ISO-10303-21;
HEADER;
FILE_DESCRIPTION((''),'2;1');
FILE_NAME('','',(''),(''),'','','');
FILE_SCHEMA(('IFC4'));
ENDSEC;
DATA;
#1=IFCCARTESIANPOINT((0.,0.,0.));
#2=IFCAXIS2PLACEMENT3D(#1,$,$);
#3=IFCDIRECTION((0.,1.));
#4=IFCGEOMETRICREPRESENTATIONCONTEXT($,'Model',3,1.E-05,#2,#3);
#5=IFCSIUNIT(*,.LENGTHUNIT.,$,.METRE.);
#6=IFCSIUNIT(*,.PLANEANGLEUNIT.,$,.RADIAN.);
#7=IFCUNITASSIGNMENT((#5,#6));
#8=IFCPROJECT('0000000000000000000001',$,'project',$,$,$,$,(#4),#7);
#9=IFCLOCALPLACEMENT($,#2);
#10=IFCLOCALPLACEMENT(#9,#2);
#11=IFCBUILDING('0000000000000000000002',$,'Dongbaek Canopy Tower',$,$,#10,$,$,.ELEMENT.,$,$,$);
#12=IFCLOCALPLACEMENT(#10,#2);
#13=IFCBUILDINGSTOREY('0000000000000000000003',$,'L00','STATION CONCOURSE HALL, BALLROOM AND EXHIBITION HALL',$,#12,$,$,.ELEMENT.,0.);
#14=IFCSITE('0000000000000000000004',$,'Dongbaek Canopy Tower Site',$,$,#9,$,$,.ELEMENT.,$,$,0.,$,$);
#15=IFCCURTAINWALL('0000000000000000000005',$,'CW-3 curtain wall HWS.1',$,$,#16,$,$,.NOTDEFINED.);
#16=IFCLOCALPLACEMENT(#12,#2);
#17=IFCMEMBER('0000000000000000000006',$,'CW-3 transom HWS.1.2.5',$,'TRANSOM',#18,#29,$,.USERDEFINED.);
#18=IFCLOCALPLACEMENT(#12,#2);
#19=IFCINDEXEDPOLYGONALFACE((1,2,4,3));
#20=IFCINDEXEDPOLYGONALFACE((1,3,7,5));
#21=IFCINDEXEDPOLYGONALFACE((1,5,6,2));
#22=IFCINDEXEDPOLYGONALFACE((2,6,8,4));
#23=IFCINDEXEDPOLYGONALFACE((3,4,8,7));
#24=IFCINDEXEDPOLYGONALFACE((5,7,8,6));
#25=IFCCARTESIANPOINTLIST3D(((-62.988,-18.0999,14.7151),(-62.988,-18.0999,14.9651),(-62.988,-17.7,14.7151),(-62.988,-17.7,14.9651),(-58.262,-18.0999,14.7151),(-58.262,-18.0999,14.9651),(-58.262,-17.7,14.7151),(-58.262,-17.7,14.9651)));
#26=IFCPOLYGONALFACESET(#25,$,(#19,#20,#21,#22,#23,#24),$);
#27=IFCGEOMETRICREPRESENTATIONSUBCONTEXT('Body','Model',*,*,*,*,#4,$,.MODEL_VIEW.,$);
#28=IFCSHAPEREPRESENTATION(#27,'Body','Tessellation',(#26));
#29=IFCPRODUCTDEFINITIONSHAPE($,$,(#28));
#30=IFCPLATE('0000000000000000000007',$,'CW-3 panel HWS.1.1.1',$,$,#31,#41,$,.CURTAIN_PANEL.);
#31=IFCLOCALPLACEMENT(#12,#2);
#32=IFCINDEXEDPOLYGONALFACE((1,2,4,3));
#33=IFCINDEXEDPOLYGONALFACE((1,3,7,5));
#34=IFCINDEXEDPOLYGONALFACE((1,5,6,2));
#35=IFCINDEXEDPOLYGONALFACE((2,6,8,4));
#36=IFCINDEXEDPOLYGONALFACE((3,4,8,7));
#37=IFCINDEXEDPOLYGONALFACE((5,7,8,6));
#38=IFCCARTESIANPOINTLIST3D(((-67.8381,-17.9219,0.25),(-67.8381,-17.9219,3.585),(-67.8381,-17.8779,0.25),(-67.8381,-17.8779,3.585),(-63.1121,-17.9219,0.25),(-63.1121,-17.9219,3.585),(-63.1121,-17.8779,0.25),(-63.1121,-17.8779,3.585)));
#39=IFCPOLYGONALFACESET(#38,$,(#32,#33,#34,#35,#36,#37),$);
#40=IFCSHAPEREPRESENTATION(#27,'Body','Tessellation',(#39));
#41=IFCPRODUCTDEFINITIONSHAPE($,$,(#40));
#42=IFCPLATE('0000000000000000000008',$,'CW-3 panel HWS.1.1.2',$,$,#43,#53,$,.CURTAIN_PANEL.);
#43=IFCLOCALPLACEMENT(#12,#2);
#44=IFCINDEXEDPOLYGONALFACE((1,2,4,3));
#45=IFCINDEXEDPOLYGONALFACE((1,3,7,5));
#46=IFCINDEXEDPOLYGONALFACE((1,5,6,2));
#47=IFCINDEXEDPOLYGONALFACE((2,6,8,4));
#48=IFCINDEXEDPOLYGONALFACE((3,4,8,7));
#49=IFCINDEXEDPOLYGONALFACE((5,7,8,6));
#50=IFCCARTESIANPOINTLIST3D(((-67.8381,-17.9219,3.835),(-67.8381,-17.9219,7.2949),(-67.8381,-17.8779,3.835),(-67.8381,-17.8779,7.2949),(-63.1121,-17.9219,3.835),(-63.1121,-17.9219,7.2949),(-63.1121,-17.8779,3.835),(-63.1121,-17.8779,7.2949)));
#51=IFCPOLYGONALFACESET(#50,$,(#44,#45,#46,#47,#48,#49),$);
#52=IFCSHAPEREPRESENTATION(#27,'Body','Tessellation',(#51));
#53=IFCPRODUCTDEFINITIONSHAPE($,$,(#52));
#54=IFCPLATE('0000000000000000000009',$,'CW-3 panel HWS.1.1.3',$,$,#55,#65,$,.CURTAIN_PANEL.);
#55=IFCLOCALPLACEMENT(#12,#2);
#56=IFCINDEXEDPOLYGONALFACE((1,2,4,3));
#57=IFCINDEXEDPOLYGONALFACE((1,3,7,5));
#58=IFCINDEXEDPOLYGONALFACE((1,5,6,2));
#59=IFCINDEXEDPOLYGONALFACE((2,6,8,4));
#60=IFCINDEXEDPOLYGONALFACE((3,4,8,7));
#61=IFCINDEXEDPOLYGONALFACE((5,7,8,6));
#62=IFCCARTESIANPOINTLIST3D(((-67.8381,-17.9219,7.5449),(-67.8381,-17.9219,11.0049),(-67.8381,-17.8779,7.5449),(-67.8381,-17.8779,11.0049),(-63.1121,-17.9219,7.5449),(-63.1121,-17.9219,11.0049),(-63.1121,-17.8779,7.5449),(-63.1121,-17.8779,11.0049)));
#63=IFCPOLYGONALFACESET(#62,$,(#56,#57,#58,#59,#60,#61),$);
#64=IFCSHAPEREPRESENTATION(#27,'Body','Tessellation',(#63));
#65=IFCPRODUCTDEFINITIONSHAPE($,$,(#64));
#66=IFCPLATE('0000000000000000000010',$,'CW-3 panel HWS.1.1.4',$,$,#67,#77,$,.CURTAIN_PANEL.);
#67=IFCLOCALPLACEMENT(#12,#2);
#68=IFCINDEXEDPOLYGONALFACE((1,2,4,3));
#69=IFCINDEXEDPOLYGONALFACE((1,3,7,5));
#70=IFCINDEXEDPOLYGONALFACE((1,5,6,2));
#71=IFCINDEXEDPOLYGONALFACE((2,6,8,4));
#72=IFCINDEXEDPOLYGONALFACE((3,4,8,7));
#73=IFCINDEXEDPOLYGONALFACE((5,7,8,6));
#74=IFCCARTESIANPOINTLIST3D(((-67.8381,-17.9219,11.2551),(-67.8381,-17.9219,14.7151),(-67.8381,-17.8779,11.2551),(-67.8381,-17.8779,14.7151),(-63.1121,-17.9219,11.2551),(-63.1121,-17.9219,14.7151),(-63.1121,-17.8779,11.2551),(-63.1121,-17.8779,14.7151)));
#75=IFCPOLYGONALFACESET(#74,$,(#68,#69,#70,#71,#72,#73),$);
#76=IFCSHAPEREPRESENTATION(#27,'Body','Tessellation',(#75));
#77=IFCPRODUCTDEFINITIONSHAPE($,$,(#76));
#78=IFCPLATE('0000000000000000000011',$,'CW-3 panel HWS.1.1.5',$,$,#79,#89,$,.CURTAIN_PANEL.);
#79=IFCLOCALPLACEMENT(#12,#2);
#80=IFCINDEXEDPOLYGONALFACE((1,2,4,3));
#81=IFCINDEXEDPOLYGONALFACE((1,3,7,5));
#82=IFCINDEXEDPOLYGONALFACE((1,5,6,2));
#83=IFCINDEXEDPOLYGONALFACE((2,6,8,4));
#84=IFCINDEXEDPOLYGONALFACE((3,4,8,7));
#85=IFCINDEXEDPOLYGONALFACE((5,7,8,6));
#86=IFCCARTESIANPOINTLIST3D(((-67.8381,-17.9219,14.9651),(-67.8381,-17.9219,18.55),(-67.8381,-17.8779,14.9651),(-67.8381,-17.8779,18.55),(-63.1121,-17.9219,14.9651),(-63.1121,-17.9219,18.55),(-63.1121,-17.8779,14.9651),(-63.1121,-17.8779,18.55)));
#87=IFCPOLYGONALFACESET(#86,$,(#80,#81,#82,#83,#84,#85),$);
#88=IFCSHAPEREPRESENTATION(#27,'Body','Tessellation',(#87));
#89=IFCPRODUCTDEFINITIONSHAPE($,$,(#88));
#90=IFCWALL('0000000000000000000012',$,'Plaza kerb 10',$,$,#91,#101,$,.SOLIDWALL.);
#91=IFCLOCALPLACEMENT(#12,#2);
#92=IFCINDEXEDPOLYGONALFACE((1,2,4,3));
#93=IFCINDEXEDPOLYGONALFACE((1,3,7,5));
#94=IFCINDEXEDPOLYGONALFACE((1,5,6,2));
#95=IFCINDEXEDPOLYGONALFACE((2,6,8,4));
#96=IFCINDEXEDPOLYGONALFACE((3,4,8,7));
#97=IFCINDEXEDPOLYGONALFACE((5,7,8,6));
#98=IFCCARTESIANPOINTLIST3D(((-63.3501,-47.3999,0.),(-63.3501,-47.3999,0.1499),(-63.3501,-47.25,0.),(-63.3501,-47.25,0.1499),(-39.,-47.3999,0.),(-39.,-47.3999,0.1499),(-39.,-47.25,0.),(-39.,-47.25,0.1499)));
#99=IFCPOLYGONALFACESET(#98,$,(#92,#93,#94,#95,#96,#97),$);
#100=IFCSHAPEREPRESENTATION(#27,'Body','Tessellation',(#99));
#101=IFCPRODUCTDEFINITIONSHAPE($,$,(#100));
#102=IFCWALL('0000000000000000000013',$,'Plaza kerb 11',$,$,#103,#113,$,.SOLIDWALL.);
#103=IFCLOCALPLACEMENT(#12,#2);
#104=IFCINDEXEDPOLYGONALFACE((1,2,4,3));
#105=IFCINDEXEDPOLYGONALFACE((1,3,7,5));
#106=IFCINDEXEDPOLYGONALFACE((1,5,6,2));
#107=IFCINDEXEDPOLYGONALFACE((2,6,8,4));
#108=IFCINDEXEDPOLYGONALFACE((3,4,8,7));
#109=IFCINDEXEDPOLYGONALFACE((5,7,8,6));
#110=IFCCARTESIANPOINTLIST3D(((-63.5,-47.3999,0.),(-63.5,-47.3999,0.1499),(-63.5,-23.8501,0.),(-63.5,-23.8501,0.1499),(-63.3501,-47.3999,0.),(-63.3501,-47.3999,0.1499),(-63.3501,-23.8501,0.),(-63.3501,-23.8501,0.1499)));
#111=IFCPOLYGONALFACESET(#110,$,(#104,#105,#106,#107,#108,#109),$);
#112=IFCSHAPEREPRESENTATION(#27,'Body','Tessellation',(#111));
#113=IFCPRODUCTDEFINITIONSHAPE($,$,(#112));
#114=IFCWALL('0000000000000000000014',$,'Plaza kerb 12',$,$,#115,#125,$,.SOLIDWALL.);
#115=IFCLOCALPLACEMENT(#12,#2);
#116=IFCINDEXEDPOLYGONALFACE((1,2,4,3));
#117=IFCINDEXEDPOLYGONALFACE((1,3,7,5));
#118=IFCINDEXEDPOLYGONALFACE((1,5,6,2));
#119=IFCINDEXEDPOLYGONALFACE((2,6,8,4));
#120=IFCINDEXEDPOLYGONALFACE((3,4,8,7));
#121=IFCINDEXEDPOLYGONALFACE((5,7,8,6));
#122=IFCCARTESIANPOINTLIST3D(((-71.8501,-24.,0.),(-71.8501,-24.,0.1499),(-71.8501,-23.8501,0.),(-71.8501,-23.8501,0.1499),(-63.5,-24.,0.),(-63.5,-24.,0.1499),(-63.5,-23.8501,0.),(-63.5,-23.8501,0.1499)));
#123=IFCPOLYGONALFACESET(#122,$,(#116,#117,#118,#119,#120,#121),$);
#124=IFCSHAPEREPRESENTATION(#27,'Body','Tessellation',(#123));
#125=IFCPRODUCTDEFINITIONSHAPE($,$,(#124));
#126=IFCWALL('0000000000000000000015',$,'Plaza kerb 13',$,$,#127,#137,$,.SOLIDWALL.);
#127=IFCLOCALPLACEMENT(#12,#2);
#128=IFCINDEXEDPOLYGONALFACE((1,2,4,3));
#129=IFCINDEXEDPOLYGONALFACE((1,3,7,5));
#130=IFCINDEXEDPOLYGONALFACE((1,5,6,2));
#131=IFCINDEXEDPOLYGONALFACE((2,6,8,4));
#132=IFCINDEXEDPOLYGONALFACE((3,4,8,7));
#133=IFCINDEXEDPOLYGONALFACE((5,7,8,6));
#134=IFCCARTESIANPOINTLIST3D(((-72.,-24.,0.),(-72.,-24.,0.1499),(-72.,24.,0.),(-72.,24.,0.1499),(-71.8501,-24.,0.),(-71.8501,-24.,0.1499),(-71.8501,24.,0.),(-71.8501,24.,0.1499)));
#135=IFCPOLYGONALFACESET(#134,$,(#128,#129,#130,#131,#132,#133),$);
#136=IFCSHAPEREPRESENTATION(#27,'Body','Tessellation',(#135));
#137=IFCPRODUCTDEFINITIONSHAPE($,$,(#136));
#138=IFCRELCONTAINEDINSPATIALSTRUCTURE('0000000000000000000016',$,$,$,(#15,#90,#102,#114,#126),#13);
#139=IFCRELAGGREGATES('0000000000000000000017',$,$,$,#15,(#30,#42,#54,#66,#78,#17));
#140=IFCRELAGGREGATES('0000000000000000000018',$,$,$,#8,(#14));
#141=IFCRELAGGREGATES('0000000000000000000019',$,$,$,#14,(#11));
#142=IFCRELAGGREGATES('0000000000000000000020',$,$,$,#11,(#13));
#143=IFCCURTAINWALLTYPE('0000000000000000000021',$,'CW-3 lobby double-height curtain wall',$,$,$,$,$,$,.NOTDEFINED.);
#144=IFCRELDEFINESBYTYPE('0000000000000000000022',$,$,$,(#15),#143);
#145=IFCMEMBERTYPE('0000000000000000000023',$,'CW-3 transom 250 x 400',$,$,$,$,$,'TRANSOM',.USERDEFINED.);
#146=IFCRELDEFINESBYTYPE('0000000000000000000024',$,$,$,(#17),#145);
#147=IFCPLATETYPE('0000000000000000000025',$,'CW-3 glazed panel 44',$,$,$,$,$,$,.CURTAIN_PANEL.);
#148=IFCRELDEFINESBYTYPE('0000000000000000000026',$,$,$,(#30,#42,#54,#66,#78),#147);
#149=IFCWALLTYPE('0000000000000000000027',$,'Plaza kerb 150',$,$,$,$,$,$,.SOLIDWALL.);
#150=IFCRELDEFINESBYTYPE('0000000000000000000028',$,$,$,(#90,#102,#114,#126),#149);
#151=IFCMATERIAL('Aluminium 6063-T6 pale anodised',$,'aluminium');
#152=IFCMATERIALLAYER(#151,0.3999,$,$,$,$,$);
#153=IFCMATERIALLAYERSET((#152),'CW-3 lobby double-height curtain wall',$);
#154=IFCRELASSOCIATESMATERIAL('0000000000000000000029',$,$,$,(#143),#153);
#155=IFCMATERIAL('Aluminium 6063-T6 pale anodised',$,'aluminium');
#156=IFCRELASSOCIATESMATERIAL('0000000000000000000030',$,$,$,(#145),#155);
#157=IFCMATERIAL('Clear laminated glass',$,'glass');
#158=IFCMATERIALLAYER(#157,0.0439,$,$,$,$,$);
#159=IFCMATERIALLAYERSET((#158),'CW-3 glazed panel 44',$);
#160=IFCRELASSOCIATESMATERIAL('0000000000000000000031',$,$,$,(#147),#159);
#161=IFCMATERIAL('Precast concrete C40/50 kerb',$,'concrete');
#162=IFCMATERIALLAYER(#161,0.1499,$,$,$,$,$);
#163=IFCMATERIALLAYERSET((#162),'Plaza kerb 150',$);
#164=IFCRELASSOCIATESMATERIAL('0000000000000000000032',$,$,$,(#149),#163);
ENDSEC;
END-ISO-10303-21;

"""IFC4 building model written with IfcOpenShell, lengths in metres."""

from ifc_helpers import new_model, si_unit, direction, frame, frame_2d, origin, origin_2d, place, context, subcontext, project, spatial, rectangle, extrude, material, layer, layer_set, material_profile, profile_set, type_object, element, aggregate, save


model = new_model("IFC4")

# Units and contexts
model_context = context("Model", 3, precision=1e-05, world=origin(), true_north=direction((0.0, 1.0)))
body_context = subcontext(model_context, "Body", "Model", "MODEL_VIEW")
ifc_project = project(units=[si_unit("LENGTHUNIT", "METRE"), si_unit("PLANEANGLEUNIT", "RADIAN")], contexts=[model_context])

# Site, building, storey
site_placement = place(None, origin())
site = spatial("IfcSite", under=ifc_project, at=site_placement, Name="Dongbaek Canopy Tower Site", CompositionType="ELEMENT", RefElevation=0.0)
building_placement = place(site_placement, origin())
building = spatial("IfcBuilding", under=site, at=building_placement, Name="Dongbaek Canopy Tower", CompositionType="ELEMENT")
storey_placement = place(building_placement, origin())
storey = spatial("IfcBuildingStorey", under=building, at=storey_placement, Name="L00", Description="STATION CONCOURSE HALL, BALLROOM AND EXHIBITION HALL", CompositionType="ELEMENT", Elevation=0.0)

# Curtain wall
ifc_material_1 = material(Name="Aluminium 6063-T6 pale anodised", Category="aluminium")
ifc_layer_1 = layer(ifc_material_1, 0.3999)
ifc_layer_set_1 = layer_set([ifc_layer_1], Name="CW-3 lobby double-height curtain wall")
curtain_wall_type = type_object("IfcCurtainWallType", Name="CW-3 lobby double-height curtain wall", PredefinedType="NOTDEFINED", material=ifc_layer_set_1)
curtain_wall_1_placement = place(storey_placement, origin())
curtain_wall_1 = element("IfcCurtainWall", 1, at=curtain_wall_1_placement, inside=storey, type_object=curtain_wall_type, Name="CW-3 curtain wall HWS.1", PredefinedType="NOTDEFINED")

# Member
ifc_material_2 = material(Name="Aluminium 6063-T6 pale anodised", Category="aluminium")
ifc_material_profile_1 = material_profile(ifc_material_2, rectangle(XDim=0.3999, YDim=0.25, at=origin_2d()), Name="CW-3 transom 250 x 400")
ifc_profile_set_1 = profile_set([ifc_material_profile_1], Name="Aluminium 6063-T6 pale anodised")
member_type_1 = type_object("IfcMemberType", Name="CW-3 transom 250 x 400", ElementType="TRANSOM", PredefinedType="USERDEFINED", material=ifc_profile_set_1)
member_1_placement = place(storey_placement, frame((-62.988, -17.8999, 14.8401), z_axis=(1.0, 0.0, 0.0), x_axis=(0.0, 1.0, 0.0)))
member_1 = element("IfcMember", 2, at=member_1_placement, type_object=member_type_1, Name="CW-3 transom HWS.1.2.5", ObjectType="TRANSOM", PredefinedType="USERDEFINED", context=body_context, shape_type="SweptSolid", body=[
    extrude(rectangle(XDim=0.3999, YDim=0.25, at=origin_2d()), origin(), (0.0, 0.0, 1.0), 4.7261),
])

# Plates
ifc_material_3 = material(Name="Clear laminated glass", Category="glass")
ifc_layer_2 = layer(ifc_material_3, 0.0439)
ifc_layer_set_2 = layer_set([ifc_layer_2], Name="CW-3 glazed panel 44")
plate_type = type_object("IfcPlateType", Name="CW-3 glazed panel 44", PredefinedType="CURTAIN_PANEL", material=ifc_layer_set_2)
plate_1_placement = place(storey_placement, frame((-65.4751, -17.8999, 0.25), z_axis=(0.0, 0.0, 1.0), x_axis=(1.0, 0.0, 0.0)))
plate_1 = element("IfcPlate", 3, at=plate_1_placement, type_object=plate_type, Name="CW-3 panel HWS.1.1.1", PredefinedType="CURTAIN_PANEL", context=body_context, shape_type="SweptSolid", body=[
    extrude(rectangle(XDim=4.7261, YDim=0.0439, at=origin_2d()), origin(), (0.0, 0.0, 1.0), 3.335),
])
plate_2_placement = place(storey_placement, frame((-65.4751, -17.8999, 3.835), z_axis=(0.0, 0.0, 1.0), x_axis=(1.0, 0.0, 0.0)))
plate_2 = element("IfcPlate", 4, at=plate_2_placement, type_object=plate_type, Name="CW-3 panel HWS.1.1.2", PredefinedType="CURTAIN_PANEL", context=body_context, shape_type="SweptSolid", body=[
    extrude(rectangle(XDim=4.7261, YDim=0.0439, at=origin_2d()), origin(), (0.0, 0.0, 1.0), 3.46),
])
plate_3_placement = place(storey_placement, frame((-65.4751, -17.8999, 7.5449), z_axis=(0.0, 0.0, 1.0), x_axis=(1.0, 0.0, 0.0)))
plate_3 = element("IfcPlate", 5, at=plate_3_placement, type_object=plate_type, Name="CW-3 panel HWS.1.1.3", PredefinedType="CURTAIN_PANEL", context=body_context, shape_type="SweptSolid", body=[
    extrude(rectangle(XDim=4.7261, YDim=0.0439, at=origin_2d()), origin(), (0.0, 0.0, 1.0), 3.46),
])
plate_4_placement = place(storey_placement, frame((-65.4751, -17.8999, 11.2551), z_axis=(0.0, 0.0, 1.0), x_axis=(1.0, 0.0, 0.0)))
plate_4 = element("IfcPlate", 6, at=plate_4_placement, type_object=plate_type, Name="CW-3 panel HWS.1.1.4", PredefinedType="CURTAIN_PANEL", context=body_context, shape_type="SweptSolid", body=[
    extrude(rectangle(XDim=4.7261, YDim=0.0439, at=origin_2d()), origin(), (0.0, 0.0, 1.0), 3.46),
])
plate_5_placement = place(storey_placement, frame((-65.4751, -17.8999, 14.9651), z_axis=(0.0, 0.0, 1.0), x_axis=(1.0, 0.0, 0.0)))
plate_5 = element("IfcPlate", 7, at=plate_5_placement, type_object=plate_type, Name="CW-3 panel HWS.1.1.5", PredefinedType="CURTAIN_PANEL", context=body_context, shape_type="SweptSolid", body=[
    extrude(rectangle(XDim=4.7261, YDim=0.0439, at=origin_2d()), origin(), (0.0, 0.0, 1.0), 3.585),
])
aggregate(curtain_wall_1, [plate_1, plate_2, plate_3, plate_4, plate_5, member_1])

# Walls
ifc_material_4 = material(Name="Precast concrete C40/50 kerb", Category="concrete")
ifc_layer_3 = layer(ifc_material_4, 0.1499)
ifc_layer_set_3 = layer_set([ifc_layer_3], Name="Plaza kerb 150")
wall_type = type_object("IfcWallType", Name="Plaza kerb 150", PredefinedType="SOLIDWALL", material=ifc_layer_set_3)
wall_1_placement = place(storey_placement, frame((-63.3501, -47.325, 0.0), z_axis=(0.0, 0.0, 1.0), x_axis=(1.0, 0.0, 0.0)))
element("IfcWall", 8, at=wall_1_placement, inside=storey, type_object=wall_type, Name="Plaza kerb 10", PredefinedType="SOLIDWALL", context=body_context, shape_type="SweptSolid", body=[
    extrude(rectangle(XDim=24.3501, YDim=0.1499, at=frame_2d((12.175, 0.0))), origin(), (0.0, 0.0, 1.0), 0.1499),
])
wall_2_placement = place(storey_placement, frame((-63.425, -47.3999, 0.0), z_axis=(0.0, 0.0, 1.0), x_axis=(0.0, 1.0, 0.0)))
element("IfcWall", 9, at=wall_2_placement, inside=storey, type_object=wall_type, Name="Plaza kerb 11", PredefinedType="SOLIDWALL", context=body_context, shape_type="SweptSolid", body=[
    extrude(rectangle(XDim=23.5498, YDim=0.1499, at=frame_2d((11.7749, 0.0))), origin(), (0.0, 0.0, 1.0), 0.1499),
])
wall_3_placement = place(storey_placement, frame((-71.8501, -23.925, 0.0), z_axis=(0.0, 0.0, 1.0), x_axis=(1.0, 0.0, 0.0)))
element("IfcWall", 10, at=wall_3_placement, inside=storey, type_object=wall_type, Name="Plaza kerb 12", PredefinedType="SOLIDWALL", context=body_context, shape_type="SweptSolid", body=[
    extrude(rectangle(XDim=8.3501, YDim=0.1499, at=frame_2d((4.175, 0.0))), origin(), (0.0, 0.0, 1.0), 0.1499),
])
wall_4_placement = place(storey_placement, frame((-71.925, -24.0, 0.0), z_axis=(0.0, 0.0, 1.0), x_axis=(0.0, 1.0, 0.0)))
element("IfcWall", 11, at=wall_4_placement, inside=storey, type_object=wall_type, Name="Plaza kerb 13", PredefinedType="SOLIDWALL", context=body_context, shape_type="SweptSolid", body=[
    extrude(rectangle(XDim=48.0, YDim=0.1499, at=frame_2d((24.0, 0.0))), origin(), (0.0, 0.0, 1.0), 0.1499),
])

save(model, "model.ifc")
